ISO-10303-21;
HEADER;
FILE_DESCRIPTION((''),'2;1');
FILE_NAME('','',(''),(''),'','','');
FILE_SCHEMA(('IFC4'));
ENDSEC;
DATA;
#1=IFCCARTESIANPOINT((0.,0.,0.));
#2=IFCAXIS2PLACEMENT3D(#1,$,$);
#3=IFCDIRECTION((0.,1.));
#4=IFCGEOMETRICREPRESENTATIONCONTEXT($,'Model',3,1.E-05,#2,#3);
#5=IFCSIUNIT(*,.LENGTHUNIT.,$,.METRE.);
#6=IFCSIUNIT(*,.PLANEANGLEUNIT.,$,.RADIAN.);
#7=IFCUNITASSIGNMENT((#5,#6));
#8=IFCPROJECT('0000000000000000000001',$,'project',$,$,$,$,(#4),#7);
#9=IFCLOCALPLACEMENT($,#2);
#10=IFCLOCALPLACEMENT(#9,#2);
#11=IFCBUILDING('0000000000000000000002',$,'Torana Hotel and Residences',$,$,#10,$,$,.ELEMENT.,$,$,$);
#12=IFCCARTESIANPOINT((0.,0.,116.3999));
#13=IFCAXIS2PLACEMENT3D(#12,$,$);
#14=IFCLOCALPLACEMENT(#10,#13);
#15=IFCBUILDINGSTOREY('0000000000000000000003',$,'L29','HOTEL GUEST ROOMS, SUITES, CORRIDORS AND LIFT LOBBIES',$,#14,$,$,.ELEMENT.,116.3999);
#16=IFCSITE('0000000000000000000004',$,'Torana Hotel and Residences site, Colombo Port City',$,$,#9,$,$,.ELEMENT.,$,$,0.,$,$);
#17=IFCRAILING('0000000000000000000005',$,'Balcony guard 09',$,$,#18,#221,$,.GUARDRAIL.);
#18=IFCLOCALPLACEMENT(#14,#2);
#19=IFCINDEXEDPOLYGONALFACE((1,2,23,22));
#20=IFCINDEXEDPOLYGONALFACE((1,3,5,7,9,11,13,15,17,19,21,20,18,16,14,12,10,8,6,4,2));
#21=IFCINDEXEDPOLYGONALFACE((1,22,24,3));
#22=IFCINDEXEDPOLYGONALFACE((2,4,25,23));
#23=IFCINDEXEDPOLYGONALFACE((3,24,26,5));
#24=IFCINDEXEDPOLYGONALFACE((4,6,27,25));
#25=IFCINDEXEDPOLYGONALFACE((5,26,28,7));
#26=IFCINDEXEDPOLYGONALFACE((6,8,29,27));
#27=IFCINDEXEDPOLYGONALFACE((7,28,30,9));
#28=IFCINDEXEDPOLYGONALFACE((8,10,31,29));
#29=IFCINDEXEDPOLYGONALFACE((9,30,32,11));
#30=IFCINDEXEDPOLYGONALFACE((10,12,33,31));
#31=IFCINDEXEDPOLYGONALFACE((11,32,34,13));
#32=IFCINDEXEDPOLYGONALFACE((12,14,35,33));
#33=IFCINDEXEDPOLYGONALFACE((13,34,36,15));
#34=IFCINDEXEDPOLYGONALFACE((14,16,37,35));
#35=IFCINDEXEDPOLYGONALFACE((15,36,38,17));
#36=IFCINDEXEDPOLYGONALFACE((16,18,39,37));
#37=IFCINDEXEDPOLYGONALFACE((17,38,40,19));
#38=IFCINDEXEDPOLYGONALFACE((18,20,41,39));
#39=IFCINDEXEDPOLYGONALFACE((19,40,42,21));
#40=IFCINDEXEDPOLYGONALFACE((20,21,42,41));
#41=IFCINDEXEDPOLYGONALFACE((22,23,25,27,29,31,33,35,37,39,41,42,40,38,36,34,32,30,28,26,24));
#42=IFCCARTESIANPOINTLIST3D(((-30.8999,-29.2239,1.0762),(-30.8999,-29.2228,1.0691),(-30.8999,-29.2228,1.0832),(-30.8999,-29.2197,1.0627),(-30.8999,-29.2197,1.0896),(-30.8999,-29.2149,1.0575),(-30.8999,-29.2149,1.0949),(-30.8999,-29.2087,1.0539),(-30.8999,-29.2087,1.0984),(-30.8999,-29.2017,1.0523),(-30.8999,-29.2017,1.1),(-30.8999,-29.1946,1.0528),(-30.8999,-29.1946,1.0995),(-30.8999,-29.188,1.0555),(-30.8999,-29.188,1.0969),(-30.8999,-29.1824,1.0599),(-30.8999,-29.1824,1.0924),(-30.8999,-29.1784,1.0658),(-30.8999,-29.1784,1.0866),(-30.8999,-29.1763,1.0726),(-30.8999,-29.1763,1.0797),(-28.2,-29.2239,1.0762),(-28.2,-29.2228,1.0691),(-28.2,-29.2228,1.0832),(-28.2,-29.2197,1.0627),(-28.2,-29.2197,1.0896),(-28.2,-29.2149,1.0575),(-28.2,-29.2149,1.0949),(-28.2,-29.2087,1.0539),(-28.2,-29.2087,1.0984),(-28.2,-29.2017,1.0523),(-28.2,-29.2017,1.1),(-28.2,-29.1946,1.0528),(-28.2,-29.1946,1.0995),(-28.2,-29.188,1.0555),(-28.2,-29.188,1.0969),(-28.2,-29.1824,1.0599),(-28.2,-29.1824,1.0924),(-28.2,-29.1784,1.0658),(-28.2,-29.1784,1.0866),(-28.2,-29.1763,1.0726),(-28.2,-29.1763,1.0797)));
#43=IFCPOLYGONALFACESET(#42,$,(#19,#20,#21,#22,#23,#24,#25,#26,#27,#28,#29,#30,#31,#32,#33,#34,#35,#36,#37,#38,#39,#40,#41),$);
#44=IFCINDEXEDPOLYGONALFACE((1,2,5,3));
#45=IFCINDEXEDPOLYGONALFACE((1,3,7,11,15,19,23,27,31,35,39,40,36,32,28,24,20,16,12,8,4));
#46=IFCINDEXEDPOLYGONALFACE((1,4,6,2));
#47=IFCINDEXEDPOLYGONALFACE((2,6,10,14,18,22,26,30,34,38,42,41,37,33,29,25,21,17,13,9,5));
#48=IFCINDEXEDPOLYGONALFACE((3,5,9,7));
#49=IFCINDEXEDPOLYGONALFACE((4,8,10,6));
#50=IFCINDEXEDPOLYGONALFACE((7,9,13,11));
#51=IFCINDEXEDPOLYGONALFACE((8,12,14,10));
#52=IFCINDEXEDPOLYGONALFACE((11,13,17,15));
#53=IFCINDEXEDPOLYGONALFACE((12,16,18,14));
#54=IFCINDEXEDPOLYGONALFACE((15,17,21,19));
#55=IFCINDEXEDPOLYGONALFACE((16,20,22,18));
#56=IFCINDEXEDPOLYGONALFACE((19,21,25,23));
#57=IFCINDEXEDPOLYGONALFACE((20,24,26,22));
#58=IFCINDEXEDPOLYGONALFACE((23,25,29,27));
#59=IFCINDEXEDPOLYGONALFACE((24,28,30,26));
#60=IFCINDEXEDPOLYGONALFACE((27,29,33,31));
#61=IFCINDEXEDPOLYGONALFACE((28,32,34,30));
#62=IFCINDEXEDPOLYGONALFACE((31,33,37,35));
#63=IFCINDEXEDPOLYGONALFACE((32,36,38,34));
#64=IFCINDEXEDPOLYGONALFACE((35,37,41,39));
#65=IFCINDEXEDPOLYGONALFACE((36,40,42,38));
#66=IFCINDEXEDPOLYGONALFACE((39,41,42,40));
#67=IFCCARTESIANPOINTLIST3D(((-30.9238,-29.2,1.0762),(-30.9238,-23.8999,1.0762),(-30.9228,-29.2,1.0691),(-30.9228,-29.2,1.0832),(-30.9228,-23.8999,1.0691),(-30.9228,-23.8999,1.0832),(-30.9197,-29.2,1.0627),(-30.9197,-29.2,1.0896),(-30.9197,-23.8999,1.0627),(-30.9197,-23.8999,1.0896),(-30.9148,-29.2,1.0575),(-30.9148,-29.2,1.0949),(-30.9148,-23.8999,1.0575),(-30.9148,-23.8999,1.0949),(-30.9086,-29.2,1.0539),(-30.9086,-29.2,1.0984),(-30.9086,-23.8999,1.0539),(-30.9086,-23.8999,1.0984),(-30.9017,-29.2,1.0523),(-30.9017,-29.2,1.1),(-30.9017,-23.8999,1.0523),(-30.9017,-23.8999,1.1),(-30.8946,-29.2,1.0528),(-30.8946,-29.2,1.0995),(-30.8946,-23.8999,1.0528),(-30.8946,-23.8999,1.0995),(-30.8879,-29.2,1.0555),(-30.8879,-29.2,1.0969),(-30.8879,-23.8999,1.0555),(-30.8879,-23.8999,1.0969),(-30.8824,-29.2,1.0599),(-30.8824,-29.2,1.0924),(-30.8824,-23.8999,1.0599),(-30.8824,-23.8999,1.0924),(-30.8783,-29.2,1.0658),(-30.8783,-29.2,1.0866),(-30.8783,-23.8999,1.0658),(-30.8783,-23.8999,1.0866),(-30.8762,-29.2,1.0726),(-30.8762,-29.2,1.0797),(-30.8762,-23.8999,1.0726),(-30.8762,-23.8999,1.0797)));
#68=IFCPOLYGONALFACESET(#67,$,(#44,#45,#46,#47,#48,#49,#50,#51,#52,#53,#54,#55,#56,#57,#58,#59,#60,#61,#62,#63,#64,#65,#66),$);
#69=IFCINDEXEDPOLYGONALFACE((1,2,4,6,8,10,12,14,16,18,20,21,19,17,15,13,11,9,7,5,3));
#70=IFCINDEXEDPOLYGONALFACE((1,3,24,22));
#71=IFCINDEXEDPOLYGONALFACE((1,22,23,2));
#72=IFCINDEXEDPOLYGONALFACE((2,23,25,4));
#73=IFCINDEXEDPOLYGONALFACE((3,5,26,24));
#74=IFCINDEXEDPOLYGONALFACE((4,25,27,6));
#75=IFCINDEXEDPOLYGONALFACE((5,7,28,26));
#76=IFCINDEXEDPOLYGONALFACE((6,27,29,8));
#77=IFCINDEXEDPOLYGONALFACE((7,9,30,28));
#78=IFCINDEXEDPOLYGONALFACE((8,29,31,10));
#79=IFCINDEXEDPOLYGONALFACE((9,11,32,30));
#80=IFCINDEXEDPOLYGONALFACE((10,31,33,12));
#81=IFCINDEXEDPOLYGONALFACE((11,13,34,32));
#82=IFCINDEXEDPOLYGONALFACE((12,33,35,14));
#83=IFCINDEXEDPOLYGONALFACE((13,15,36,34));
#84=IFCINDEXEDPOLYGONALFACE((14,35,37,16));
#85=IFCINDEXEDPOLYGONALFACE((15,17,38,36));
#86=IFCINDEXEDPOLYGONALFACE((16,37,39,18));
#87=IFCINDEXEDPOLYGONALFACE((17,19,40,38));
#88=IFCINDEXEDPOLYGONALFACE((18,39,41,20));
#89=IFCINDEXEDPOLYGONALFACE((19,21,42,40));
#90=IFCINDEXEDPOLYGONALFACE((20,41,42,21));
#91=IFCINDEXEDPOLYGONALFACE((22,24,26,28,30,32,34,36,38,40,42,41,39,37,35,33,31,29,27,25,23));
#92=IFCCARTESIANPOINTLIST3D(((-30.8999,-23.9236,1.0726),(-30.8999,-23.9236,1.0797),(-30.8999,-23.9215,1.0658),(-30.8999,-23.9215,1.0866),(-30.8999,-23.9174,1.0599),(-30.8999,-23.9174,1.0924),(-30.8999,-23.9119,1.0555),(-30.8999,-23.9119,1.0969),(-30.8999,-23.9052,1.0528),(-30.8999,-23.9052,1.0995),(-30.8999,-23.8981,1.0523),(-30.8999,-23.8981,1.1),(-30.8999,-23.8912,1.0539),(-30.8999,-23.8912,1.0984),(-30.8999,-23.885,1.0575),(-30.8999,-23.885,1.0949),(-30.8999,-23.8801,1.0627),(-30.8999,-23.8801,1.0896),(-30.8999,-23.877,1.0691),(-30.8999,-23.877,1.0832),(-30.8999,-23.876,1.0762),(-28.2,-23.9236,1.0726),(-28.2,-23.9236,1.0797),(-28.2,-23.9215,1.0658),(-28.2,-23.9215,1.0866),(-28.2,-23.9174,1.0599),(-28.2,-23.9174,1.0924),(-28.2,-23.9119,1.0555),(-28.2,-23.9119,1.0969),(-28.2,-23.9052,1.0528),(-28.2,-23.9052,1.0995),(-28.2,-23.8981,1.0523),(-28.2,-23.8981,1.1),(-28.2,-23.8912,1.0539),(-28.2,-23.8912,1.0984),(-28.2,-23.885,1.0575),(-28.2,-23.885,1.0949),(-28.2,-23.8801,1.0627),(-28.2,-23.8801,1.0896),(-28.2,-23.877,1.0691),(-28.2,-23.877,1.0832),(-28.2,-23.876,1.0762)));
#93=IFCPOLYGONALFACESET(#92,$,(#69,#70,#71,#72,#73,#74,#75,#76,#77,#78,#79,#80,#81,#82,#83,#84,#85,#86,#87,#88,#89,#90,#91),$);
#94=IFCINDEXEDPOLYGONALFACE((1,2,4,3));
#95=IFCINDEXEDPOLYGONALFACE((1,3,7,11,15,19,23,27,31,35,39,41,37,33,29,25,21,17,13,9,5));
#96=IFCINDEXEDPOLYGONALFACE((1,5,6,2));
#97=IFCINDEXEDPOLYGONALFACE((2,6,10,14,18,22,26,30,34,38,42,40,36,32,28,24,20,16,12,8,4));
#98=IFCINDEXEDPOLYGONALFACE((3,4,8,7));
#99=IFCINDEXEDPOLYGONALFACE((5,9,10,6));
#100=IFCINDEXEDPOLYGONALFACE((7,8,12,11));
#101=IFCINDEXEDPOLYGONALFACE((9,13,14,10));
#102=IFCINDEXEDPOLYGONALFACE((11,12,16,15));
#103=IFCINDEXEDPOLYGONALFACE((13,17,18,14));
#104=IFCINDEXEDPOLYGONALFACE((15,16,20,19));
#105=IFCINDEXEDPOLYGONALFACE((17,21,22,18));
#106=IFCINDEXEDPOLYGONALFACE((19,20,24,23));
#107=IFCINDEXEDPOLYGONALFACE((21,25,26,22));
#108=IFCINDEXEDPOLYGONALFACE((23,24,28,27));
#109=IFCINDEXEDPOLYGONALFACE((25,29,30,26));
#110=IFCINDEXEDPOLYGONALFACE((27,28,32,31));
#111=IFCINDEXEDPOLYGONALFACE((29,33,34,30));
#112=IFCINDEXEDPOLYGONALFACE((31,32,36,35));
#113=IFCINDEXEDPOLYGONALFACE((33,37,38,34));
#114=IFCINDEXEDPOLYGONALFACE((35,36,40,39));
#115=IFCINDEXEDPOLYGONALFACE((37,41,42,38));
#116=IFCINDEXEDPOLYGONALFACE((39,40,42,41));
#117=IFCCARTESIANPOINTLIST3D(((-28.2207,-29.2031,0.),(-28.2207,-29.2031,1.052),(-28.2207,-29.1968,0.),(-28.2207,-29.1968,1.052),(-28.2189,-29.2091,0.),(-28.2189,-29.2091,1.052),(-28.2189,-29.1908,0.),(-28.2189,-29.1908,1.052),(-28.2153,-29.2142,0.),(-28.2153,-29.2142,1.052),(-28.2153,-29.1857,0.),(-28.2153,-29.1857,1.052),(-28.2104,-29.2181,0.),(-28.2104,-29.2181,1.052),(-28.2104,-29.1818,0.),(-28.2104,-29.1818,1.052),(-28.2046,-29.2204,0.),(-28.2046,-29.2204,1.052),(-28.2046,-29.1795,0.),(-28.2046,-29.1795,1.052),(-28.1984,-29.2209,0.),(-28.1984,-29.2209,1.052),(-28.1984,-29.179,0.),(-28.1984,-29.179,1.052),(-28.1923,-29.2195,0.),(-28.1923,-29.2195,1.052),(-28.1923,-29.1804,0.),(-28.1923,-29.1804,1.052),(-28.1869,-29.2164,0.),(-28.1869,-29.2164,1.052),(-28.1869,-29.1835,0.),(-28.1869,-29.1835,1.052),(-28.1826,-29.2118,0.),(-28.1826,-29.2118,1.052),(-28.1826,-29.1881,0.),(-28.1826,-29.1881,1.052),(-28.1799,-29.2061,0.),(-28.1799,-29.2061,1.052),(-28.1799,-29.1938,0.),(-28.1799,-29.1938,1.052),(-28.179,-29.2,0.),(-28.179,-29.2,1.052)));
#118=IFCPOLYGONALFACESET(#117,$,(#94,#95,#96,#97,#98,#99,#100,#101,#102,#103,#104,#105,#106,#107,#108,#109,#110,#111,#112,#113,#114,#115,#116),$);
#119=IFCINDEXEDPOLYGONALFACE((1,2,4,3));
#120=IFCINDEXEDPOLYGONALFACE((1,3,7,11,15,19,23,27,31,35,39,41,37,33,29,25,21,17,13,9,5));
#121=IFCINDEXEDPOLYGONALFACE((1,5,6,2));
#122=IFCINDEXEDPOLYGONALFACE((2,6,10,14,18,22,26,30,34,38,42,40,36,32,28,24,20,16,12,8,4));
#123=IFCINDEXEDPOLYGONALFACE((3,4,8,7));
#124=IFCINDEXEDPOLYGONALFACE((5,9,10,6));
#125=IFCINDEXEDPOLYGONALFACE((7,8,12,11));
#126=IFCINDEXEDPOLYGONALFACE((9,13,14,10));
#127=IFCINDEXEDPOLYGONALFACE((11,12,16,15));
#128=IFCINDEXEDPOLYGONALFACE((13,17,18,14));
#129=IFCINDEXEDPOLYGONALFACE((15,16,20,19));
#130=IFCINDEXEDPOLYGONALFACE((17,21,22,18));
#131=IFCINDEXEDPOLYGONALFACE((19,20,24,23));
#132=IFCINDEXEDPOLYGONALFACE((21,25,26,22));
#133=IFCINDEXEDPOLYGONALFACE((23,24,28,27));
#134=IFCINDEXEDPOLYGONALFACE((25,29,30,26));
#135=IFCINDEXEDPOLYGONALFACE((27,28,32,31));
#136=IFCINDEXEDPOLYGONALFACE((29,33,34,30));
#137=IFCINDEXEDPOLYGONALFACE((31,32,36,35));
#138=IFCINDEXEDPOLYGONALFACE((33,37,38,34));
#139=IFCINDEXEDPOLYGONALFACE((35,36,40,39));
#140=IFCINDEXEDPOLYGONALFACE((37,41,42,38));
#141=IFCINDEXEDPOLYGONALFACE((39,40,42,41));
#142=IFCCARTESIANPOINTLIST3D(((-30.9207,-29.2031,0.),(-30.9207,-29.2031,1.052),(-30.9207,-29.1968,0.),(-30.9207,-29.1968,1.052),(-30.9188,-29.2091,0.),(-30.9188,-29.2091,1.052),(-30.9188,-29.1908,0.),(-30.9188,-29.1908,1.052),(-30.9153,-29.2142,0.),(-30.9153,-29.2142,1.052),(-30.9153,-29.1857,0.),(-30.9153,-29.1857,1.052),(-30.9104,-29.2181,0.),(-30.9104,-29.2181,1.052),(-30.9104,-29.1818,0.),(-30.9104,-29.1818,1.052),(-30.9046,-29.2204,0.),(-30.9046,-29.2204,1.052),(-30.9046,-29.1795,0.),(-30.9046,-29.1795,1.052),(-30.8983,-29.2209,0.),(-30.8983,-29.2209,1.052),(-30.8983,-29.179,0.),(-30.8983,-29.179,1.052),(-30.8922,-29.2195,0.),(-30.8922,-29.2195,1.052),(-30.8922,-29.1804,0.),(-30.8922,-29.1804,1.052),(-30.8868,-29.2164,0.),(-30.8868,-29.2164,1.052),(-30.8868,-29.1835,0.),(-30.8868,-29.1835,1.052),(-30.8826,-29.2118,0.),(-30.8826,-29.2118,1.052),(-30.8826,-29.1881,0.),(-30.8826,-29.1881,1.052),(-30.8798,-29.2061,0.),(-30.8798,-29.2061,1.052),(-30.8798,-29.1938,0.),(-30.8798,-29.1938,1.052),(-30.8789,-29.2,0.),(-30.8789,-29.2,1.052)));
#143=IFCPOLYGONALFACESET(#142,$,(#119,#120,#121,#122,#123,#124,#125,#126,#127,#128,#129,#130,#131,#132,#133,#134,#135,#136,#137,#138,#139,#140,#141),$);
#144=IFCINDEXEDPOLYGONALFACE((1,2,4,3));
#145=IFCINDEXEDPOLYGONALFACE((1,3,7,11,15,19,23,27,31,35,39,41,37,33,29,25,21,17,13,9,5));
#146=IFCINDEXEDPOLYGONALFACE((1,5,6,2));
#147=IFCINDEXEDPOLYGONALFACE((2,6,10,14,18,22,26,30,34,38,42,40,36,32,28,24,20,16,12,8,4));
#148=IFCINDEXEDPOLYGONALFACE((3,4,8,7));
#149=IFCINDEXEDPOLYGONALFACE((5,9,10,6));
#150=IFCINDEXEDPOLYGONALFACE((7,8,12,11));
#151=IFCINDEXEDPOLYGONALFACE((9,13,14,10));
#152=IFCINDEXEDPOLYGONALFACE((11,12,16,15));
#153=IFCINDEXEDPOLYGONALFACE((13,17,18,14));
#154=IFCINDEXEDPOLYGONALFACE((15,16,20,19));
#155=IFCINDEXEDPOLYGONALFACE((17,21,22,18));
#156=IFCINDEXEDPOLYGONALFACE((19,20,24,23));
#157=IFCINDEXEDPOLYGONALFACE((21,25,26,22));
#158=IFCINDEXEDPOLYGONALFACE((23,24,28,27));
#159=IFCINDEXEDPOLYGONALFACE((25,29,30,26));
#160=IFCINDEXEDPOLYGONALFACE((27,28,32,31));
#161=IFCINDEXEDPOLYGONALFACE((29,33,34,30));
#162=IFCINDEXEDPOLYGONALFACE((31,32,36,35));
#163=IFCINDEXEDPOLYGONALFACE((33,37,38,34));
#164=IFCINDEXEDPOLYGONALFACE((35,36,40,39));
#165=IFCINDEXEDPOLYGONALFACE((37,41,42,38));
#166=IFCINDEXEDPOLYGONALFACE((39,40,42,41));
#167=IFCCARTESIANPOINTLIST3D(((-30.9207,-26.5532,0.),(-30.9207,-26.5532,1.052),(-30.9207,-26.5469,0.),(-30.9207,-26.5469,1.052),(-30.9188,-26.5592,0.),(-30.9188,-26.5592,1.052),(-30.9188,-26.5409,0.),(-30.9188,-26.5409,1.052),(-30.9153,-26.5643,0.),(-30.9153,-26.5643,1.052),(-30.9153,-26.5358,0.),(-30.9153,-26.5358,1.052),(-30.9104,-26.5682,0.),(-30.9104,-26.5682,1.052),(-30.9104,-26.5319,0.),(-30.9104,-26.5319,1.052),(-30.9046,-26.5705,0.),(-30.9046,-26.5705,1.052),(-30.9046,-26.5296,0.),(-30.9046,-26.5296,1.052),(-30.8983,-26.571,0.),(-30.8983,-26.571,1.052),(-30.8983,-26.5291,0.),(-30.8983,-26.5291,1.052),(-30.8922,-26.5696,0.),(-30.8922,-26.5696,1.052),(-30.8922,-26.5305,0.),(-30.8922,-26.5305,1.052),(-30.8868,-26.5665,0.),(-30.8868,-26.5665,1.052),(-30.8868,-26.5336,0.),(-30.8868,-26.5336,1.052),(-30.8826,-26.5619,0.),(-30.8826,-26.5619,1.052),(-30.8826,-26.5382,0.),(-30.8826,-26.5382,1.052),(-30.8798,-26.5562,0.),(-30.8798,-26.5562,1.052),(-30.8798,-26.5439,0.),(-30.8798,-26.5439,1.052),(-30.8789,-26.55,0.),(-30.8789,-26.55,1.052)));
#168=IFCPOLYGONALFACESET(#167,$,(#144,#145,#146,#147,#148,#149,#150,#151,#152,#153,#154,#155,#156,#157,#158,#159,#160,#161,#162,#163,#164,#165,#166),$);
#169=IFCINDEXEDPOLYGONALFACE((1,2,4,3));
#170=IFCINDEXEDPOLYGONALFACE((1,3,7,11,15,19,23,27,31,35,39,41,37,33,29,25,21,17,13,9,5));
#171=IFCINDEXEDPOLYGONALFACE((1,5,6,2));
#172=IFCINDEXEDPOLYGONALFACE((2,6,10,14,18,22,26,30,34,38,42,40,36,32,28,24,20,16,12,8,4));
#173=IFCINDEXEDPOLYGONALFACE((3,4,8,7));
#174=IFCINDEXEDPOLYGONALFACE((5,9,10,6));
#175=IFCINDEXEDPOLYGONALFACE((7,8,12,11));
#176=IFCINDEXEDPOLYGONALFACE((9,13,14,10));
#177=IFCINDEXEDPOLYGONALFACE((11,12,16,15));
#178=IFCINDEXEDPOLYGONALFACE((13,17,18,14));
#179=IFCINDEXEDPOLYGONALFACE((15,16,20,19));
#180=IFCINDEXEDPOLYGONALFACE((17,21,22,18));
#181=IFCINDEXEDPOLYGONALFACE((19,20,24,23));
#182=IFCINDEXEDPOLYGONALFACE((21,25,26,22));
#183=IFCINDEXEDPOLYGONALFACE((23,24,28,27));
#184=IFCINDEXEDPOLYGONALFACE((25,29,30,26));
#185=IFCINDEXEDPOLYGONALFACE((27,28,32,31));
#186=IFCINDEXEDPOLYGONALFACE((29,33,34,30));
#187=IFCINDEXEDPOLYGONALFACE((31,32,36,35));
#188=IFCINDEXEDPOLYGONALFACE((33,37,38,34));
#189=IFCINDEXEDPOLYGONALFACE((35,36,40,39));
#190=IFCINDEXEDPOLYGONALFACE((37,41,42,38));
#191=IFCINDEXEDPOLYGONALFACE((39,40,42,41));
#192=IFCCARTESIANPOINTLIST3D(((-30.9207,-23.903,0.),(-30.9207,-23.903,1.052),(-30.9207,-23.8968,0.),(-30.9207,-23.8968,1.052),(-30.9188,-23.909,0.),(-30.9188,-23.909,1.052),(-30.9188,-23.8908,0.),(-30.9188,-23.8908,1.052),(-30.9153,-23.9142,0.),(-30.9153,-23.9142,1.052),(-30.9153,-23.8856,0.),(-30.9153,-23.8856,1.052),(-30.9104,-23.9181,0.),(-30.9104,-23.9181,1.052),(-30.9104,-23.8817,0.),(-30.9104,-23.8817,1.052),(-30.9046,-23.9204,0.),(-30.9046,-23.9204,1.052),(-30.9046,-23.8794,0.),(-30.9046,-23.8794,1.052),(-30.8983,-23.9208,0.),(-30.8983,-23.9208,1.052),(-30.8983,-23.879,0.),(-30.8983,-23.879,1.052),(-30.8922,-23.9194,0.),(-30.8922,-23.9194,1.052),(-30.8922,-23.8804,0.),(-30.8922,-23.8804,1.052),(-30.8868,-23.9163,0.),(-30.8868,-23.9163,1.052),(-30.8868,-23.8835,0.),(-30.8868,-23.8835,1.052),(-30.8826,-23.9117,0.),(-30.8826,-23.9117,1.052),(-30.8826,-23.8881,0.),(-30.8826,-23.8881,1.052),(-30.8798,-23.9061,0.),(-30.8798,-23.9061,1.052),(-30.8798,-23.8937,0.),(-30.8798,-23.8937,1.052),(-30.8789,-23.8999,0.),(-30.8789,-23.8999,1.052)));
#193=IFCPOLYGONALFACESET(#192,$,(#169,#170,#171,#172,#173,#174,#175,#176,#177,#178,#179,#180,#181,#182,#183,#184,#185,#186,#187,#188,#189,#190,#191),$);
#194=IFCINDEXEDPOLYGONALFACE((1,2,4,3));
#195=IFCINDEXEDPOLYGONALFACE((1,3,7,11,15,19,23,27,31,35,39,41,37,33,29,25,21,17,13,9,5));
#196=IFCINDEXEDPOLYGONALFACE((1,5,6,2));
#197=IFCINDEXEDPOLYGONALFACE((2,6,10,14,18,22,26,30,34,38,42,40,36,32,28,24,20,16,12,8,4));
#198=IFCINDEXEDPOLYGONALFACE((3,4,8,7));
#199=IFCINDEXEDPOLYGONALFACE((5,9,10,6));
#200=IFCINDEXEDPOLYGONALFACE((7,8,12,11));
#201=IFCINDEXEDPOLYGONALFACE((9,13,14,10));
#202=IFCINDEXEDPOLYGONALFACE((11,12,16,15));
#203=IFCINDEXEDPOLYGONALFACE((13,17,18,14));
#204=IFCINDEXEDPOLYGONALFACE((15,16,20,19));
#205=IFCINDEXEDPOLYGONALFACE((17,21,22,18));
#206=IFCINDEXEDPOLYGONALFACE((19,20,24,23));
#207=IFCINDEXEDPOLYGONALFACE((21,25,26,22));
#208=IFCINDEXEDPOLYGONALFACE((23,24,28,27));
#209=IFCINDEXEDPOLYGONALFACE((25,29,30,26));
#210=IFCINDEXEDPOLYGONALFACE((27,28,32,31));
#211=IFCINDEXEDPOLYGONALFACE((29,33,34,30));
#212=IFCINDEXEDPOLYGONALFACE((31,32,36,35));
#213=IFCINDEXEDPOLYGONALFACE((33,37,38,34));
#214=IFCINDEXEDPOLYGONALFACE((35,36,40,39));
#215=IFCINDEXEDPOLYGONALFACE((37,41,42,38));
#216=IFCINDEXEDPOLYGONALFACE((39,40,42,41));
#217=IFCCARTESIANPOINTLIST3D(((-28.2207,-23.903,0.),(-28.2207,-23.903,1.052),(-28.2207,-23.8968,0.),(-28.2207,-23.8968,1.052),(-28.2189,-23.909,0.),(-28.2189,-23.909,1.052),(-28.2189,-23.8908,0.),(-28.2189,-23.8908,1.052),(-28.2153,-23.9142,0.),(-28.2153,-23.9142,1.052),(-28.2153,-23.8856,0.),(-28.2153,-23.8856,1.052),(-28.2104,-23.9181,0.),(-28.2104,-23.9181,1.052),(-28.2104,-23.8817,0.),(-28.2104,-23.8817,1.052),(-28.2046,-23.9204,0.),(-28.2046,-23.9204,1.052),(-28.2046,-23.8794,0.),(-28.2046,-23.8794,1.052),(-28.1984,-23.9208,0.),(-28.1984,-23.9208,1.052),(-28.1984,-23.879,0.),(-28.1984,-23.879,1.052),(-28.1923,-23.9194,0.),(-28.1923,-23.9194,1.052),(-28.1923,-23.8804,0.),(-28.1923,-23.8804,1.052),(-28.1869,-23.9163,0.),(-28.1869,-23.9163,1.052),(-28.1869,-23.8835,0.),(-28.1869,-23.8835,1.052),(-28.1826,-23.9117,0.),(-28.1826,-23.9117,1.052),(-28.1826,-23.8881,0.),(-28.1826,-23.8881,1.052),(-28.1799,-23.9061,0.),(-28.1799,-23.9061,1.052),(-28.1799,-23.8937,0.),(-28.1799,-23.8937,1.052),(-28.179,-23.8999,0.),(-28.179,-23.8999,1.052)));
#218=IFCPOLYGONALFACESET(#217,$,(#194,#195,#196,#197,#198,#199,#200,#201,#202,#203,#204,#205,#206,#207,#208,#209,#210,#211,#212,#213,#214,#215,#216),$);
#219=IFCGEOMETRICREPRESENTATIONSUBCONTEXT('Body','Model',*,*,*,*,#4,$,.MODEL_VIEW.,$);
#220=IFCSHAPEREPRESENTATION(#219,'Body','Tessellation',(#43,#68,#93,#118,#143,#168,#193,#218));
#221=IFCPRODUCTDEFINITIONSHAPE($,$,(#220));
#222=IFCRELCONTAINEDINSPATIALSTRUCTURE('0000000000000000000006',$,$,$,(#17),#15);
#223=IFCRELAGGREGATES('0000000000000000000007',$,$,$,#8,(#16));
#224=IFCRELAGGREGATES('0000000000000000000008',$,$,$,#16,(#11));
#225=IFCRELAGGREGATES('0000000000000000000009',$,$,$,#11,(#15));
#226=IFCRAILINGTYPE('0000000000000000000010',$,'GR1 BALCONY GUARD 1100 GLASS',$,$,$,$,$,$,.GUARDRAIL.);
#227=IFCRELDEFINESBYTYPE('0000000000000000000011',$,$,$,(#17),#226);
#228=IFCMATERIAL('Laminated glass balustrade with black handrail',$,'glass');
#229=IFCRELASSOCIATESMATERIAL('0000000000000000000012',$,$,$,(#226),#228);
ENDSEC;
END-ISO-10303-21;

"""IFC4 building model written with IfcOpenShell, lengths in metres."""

from ifc_helpers import new_model, si_unit, direction, frame, origin, origin_2d, place, context, subcontext, project, spatial, circle, extrude, material, type_object, element, save


model = new_model("IFC4")

# Units and contexts
model_context = context("Model", 3, precision=1e-05, world=origin(), true_north=direction((0.0, 1.0)))
body_context = subcontext(model_context, "Body", "Model", "MODEL_VIEW")
ifc_project = project(units=[si_unit("LENGTHUNIT", "METRE"), si_unit("PLANEANGLEUNIT", "RADIAN")], contexts=[model_context])

# Site, building, storey
site_placement = place(None, origin())
site = spatial("IfcSite", under=ifc_project, at=site_placement, Name="Torana Hotel and Residences site, Colombo Port City", CompositionType="ELEMENT", RefElevation=0.0)
building_placement = place(site_placement, origin())
building = spatial("IfcBuilding", under=site, at=building_placement, Name="Torana Hotel and Residences", CompositionType="ELEMENT")
storey_placement = place(building_placement, frame((0.0, 0.0, 116.3999)))
storey = spatial("IfcBuildingStorey", under=building, at=storey_placement, Name="L29", Description="HOTEL GUEST ROOMS, SUITES, CORRIDORS AND LIFT LOBBIES", CompositionType="ELEMENT", Elevation=116.3999)

# Railing
ifc_material_1 = material(Name="Laminated glass balustrade with black handrail", Category="glass")
railing_type = type_object("IfcRailingType", Name="GR1 BALCONY GUARD 1100 GLASS", PredefinedType="GUARDRAIL", material=ifc_material_1)
railing_placement = place(storey_placement, frame((-28.2, -29.2, 0.0)))
element("IfcRailing", 1, at=railing_placement, inside=storey, type_object=railing_type, Name="Balcony guard 09", PredefinedType="GUARDRAIL", context=body_context, shape_type="SweptSolid", body=[
    extrude(circle(Radius=0.0239, at=origin_2d()), frame((0.0, 0.0, 1.0762), z_axis=(-1.0, 0.0, 0.0), x_axis=(0.0, -1.0, 0.0)), (0.0, 0.0, 1.0), 2.7),
    extrude(circle(Radius=0.0239, at=origin_2d()), frame((-2.7, 0.0, 1.0762), z_axis=(0.0, 1.0, 0.0), x_axis=(-1.0, 0.0, 0.0)), (0.0, 0.0, 1.0), 5.3),
    extrude(circle(Radius=0.0239, at=origin_2d()), frame((-2.7, 5.3, 1.0762), z_axis=(1.0, 0.0, 0.0), x_axis=(0.0, 1.0, 0.0)), (0.0, 0.0, 1.0), 2.7),
    extrude(circle(Radius=0.021, at=origin_2d()), origin(), (0.0, 0.0, 1.0), 1.052),
    extrude(circle(Radius=0.021, at=origin_2d()), frame((-2.7, 0.0, 0.0)), (0.0, 0.0, 1.0), 1.052),
    extrude(circle(Radius=0.021, at=origin_2d()), frame((-2.7, 2.6499, 0.0)), (0.0, 0.0, 1.0), 1.052),
    extrude(circle(Radius=0.021, at=origin_2d()), frame((-2.7, 5.3, 0.0)), (0.0, 0.0, 1.0), 1.052),
    extrude(circle(Radius=0.021, at=origin_2d()), frame((0.0, 5.3, 0.0)), (0.0, 0.0, 1.0), 1.052),
])

save(model, "model.ifc")
